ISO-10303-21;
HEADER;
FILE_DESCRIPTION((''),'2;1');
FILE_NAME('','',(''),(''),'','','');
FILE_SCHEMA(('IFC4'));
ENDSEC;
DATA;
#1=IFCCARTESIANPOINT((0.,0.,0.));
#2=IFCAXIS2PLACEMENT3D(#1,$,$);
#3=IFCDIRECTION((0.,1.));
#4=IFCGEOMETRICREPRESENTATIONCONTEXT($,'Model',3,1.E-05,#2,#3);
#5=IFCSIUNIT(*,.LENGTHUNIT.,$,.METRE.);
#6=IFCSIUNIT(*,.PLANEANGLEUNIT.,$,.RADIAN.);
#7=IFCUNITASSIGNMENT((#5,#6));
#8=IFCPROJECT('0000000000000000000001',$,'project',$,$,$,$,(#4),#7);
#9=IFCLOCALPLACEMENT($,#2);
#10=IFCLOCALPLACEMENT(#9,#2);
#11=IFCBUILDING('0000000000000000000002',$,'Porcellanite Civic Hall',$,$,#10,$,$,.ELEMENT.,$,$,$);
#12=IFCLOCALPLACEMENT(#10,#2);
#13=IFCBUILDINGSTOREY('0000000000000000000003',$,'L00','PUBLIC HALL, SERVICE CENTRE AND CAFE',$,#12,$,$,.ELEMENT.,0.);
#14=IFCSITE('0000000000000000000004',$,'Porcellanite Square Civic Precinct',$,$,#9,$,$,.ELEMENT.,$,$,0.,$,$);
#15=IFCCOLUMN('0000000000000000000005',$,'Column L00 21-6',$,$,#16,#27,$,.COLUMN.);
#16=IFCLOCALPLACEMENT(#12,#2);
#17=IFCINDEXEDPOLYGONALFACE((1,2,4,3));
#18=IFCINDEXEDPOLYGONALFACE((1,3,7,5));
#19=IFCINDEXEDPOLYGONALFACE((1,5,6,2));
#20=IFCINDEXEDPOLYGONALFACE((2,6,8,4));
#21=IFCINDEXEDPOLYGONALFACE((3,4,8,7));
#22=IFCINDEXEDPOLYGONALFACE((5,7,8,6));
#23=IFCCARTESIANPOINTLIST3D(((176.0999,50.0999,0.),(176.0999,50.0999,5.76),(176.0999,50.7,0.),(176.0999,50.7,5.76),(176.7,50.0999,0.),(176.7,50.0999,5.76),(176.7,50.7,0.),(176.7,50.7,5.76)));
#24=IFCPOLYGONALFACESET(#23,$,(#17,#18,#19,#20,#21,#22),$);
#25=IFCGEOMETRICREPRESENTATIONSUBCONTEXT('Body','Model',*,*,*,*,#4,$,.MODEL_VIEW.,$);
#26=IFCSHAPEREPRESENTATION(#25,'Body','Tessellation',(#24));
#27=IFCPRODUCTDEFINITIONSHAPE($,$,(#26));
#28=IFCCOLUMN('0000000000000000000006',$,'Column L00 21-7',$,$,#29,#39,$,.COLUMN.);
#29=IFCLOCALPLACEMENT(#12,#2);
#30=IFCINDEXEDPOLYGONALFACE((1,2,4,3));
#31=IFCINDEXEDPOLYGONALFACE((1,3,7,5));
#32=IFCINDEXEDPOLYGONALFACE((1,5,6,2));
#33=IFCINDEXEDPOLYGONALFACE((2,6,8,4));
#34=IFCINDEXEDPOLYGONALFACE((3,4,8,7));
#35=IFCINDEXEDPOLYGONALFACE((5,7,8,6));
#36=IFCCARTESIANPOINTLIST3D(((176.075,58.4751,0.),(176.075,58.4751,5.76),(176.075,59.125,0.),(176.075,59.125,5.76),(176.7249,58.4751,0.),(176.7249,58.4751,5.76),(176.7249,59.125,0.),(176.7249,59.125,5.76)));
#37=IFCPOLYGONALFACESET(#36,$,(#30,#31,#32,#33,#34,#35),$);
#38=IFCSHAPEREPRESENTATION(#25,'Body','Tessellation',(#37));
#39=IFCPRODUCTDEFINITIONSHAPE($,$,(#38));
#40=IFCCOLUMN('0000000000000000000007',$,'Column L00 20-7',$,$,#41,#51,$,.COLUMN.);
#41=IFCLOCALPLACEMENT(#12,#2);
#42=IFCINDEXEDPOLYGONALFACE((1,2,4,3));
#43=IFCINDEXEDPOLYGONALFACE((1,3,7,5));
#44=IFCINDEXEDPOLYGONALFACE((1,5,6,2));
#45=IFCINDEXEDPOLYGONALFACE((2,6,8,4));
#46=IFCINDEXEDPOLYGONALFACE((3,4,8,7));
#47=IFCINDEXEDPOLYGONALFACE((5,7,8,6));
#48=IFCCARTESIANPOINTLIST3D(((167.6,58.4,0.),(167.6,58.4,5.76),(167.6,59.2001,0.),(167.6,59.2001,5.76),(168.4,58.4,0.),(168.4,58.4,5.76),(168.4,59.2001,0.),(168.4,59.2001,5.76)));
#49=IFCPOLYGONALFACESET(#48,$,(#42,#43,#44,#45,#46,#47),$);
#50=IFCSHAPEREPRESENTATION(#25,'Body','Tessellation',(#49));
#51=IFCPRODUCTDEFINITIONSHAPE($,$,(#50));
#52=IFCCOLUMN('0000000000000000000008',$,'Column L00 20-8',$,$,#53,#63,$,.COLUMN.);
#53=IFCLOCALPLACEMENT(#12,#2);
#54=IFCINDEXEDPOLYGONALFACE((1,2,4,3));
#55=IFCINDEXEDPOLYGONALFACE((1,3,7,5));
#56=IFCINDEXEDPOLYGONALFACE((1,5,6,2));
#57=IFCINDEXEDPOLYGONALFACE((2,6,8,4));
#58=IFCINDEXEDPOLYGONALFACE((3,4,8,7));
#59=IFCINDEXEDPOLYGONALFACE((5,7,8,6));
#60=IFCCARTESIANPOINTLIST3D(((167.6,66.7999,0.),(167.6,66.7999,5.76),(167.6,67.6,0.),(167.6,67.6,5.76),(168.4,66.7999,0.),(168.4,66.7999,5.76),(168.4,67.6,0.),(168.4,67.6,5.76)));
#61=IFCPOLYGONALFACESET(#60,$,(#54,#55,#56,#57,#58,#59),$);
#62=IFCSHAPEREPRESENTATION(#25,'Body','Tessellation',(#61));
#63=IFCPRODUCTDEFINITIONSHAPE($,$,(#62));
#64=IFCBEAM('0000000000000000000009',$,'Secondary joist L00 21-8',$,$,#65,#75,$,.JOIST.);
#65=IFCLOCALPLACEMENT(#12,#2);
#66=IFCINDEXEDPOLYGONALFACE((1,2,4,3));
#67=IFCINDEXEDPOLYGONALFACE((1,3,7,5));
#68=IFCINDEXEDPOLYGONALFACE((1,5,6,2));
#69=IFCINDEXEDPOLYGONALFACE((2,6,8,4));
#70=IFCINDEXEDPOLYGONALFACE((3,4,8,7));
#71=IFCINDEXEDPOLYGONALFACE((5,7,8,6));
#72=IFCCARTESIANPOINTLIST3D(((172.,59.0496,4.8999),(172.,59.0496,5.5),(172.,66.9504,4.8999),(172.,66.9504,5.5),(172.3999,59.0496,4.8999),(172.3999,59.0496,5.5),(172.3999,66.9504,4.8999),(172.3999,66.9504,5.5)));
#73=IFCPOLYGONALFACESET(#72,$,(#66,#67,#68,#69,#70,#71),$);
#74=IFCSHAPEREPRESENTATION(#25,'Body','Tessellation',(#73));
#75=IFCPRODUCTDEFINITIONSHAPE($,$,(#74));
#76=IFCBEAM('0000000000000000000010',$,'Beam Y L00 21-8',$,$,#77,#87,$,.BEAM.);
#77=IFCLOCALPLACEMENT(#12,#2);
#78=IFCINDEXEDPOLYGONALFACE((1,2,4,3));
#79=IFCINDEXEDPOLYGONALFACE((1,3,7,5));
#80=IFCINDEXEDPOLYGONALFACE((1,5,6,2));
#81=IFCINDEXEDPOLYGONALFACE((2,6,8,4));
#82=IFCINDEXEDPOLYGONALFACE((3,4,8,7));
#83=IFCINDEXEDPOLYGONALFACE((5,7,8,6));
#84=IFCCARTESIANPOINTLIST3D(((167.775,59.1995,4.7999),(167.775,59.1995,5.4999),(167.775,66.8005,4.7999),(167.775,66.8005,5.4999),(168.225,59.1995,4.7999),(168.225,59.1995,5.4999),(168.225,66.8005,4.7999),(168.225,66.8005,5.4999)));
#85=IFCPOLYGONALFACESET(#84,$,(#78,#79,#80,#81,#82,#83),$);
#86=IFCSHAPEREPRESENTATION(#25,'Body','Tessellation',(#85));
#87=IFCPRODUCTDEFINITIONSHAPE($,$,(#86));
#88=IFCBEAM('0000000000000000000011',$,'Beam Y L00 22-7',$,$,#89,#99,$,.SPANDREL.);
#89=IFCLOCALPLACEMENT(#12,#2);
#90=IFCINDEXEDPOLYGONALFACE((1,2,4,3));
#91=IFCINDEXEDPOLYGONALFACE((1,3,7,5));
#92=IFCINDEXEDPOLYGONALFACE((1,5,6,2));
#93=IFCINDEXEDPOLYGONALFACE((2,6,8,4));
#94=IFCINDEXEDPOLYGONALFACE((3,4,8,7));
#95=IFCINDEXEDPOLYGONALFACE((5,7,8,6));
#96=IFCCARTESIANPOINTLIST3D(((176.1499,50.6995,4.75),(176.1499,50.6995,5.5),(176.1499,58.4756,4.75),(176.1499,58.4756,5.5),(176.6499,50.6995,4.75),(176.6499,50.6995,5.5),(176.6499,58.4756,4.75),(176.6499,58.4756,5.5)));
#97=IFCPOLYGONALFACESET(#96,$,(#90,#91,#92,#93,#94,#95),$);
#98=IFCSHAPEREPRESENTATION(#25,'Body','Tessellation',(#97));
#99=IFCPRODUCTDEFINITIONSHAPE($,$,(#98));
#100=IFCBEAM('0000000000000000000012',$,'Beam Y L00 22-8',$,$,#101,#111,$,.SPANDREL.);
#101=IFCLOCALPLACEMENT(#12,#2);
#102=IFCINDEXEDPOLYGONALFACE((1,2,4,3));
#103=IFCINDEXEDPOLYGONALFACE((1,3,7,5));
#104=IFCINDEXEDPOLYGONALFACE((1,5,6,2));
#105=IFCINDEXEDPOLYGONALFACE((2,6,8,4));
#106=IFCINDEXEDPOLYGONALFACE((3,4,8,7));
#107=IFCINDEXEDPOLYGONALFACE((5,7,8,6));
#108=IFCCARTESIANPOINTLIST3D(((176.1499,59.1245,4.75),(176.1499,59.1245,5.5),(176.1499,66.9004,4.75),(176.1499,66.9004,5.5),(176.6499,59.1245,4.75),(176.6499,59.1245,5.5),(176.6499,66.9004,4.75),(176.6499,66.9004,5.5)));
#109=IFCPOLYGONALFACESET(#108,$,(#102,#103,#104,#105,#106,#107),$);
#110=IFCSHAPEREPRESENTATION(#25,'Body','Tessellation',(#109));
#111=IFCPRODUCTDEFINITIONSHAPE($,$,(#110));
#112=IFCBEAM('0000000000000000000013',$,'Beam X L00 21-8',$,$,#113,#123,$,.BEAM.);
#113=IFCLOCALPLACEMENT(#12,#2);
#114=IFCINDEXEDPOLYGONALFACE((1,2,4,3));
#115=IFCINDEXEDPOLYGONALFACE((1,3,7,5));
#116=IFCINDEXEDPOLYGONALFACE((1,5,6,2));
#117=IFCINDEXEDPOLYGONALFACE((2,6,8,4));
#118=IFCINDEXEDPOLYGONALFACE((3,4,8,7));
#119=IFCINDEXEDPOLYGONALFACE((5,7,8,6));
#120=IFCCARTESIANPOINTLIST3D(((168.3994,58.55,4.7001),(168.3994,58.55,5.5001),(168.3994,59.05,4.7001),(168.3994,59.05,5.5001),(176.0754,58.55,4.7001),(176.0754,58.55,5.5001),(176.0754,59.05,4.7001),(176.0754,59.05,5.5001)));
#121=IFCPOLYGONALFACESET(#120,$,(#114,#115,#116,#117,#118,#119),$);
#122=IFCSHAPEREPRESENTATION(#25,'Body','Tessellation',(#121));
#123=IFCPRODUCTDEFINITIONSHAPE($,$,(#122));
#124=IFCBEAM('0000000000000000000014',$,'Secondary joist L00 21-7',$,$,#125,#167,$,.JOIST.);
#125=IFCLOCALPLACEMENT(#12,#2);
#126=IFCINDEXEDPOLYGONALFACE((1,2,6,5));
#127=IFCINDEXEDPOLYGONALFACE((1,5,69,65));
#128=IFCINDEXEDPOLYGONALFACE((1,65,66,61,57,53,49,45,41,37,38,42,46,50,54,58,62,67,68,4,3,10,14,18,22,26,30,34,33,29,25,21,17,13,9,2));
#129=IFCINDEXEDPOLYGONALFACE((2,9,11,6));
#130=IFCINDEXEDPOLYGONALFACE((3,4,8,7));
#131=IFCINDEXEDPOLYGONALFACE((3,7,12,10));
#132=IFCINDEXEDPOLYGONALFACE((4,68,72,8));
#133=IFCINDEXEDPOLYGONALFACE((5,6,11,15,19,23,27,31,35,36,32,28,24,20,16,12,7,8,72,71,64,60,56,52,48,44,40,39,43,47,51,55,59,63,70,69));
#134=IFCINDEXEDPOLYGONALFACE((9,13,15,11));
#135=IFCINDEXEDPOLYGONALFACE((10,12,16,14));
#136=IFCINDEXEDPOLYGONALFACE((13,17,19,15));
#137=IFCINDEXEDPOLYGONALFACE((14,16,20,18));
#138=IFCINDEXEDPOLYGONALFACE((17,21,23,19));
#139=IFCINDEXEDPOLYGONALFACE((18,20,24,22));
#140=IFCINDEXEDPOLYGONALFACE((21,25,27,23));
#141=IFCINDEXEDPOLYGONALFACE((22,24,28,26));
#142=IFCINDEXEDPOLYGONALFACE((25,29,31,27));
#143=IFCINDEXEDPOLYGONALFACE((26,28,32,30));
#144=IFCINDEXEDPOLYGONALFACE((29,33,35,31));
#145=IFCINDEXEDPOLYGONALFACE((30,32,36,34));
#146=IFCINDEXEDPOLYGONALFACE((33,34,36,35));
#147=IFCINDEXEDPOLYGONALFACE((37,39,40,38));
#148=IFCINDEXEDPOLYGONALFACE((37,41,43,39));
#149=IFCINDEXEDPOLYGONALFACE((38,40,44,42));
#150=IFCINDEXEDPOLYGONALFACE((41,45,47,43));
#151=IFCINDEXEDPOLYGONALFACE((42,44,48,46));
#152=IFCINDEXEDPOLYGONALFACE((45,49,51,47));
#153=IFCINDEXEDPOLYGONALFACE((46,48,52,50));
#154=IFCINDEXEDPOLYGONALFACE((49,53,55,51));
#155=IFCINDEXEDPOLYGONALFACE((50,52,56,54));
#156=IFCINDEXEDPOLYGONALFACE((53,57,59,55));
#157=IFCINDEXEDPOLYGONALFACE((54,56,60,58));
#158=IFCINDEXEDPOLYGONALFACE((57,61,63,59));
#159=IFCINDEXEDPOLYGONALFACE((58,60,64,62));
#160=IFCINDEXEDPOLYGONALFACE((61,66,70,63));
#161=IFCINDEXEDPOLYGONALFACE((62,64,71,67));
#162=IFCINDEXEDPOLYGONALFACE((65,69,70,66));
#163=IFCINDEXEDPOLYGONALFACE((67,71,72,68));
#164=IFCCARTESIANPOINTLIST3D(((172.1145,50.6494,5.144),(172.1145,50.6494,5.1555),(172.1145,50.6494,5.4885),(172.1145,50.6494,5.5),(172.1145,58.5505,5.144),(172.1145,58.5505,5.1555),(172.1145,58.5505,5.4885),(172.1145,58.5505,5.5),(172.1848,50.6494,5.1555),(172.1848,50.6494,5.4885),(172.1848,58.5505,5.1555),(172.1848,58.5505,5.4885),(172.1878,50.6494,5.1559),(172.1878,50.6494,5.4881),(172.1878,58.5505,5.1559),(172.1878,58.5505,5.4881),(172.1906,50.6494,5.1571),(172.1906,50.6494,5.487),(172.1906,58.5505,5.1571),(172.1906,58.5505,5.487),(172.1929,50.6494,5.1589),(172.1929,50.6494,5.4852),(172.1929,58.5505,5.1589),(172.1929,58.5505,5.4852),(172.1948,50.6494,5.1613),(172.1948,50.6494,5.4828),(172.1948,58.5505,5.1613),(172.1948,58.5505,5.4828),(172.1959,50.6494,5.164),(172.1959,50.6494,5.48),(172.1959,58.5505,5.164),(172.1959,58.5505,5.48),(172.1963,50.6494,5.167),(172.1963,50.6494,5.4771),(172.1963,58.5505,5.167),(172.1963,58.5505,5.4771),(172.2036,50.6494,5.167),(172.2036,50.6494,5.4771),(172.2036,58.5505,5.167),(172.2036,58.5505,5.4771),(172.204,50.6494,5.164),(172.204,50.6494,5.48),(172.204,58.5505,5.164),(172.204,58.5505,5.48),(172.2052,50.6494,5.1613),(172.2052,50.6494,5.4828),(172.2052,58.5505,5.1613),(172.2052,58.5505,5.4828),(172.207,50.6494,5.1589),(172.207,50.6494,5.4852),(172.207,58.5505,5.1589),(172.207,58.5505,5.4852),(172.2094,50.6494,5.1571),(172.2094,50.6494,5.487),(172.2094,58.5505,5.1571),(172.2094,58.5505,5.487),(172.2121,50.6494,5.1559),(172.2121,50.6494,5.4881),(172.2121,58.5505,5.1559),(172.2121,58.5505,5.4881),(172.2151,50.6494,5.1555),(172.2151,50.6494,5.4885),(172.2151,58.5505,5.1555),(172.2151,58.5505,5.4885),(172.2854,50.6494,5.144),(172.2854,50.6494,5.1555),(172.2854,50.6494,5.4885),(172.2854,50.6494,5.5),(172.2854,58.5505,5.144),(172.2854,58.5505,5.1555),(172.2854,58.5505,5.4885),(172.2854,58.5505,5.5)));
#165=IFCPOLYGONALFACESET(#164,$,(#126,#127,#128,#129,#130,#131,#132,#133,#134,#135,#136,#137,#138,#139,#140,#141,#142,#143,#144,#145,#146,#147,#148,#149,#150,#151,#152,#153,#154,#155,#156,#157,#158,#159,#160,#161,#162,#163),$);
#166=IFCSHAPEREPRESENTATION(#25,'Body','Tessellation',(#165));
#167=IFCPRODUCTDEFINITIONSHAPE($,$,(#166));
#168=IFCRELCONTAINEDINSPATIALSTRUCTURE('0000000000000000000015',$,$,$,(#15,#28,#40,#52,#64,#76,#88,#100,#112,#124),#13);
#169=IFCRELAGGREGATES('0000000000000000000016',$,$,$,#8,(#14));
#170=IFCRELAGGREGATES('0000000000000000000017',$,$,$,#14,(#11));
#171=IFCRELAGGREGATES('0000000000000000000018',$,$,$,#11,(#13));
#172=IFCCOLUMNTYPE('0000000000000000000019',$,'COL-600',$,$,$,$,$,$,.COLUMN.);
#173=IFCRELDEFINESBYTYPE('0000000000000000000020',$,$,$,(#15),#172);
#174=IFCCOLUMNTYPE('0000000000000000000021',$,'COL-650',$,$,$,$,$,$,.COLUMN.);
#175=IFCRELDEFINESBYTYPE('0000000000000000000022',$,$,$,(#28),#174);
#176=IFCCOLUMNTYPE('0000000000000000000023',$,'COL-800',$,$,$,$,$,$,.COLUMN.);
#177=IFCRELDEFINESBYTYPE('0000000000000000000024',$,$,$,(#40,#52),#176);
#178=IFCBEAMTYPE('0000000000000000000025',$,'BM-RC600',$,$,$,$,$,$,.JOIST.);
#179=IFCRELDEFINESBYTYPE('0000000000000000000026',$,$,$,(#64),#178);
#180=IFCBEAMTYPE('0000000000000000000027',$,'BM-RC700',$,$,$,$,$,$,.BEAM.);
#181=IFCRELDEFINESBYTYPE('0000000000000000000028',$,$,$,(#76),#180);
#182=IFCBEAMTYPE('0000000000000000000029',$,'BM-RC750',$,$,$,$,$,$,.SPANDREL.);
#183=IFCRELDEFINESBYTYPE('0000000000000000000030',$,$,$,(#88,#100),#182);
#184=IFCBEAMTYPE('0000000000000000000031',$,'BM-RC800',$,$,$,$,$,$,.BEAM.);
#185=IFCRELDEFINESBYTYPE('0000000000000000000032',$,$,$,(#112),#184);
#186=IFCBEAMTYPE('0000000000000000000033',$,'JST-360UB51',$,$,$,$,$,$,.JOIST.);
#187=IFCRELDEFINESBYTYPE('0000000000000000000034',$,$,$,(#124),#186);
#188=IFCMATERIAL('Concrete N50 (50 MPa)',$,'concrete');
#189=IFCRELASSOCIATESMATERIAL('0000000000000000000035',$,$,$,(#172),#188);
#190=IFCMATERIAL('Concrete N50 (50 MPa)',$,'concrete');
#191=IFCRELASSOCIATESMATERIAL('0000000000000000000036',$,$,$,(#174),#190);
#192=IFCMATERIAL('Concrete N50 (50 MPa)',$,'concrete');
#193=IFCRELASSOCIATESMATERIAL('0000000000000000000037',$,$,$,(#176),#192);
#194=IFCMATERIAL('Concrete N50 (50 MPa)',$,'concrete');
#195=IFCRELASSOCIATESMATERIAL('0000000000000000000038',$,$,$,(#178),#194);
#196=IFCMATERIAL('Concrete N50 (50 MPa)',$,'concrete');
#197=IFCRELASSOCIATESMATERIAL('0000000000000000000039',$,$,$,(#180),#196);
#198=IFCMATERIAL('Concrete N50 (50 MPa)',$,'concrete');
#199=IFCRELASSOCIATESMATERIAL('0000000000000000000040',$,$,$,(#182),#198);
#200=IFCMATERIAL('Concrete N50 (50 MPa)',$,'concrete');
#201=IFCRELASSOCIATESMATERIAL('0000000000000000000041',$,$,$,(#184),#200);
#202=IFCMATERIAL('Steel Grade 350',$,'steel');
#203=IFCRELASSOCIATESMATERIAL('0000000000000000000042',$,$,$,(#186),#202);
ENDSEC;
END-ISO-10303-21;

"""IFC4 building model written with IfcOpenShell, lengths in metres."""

from ifc_helpers import new_model, si_unit, direction, frame, origin, origin_2d, place, context, subcontext, project, spatial, rectangle, i_section, extrude, material, material_profile, profile_set, type_object, element, save


model = new_model("IFC4")

# Units and contexts
model_context = context("Model", 3, precision=1e-05, world=origin(), true_north=direction((0.0, 1.0)))
body_context = subcontext(model_context, "Body", "Model", "MODEL_VIEW")
ifc_project = project(units=[si_unit("LENGTHUNIT", "METRE"), si_unit("PLANEANGLEUNIT", "RADIAN")], contexts=[model_context])

# Site, building, storey
site_placement = place(None, origin())
site = spatial("IfcSite", under=ifc_project, at=site_placement, Name="Porcellanite Square Civic Precinct", CompositionType="ELEMENT", RefElevation=0.0)
building_placement = place(site_placement, origin())
building = spatial("IfcBuilding", under=site, at=building_placement, Name="Porcellanite Civic Hall", CompositionType="ELEMENT")
storey_placement = place(building_placement, origin())
storey = spatial("IfcBuildingStorey", under=building, at=storey_placement, Name="L00", Description="PUBLIC HALL, SERVICE CENTRE AND CAFE", CompositionType="ELEMENT", Elevation=0.0)

# Columns
ifc_material_1 = material(Name="Concrete N50 (50 MPa)", Category="concrete")
ifc_material_profile_1 = material_profile(ifc_material_1, rectangle(XDim=0.6001, YDim=0.6001, at=origin_2d()), Name="RC-600x600")
ifc_profile_set_1 = profile_set([ifc_material_profile_1], Name="Concrete N50 (50 MPa)")
column_type_1 = type_object("IfcColumnType", Name="COL-600", PredefinedType="COLUMN", material=ifc_profile_set_1)
column_1_placement = place(storey_placement, frame((176.3999, 50.3999, 0.0), z_axis=(0.0, 0.0, 1.0), x_axis=(1.0, 0.0, 0.0)))
element("IfcColumn", 1, at=column_1_placement, inside=storey, type_object=column_type_1, Name="Column L00 21-6", PredefinedType="COLUMN", context=body_context, shape_type="SweptSolid", body=[
    extrude(rectangle(XDim=0.6001, YDim=0.6001, at=origin_2d()), origin(), (0.0, 0.0, 1.0), 5.76),
])
ifc_material_2 = material(Name="Concrete N50 (50 MPa)", Category="concrete")
ifc_material_profile_2 = material_profile(ifc_material_2, rectangle(XDim=0.6499, YDim=0.6499, at=origin_2d()), Name="RC-650x650")
ifc_profile_set_2 = profile_set([ifc_material_profile_2], Name="Concrete N50 (50 MPa)")
column_type_2 = type_object("IfcColumnType", Name="COL-650", PredefinedType="COLUMN", material=ifc_profile_set_2)
column_2_placement = place(storey_placement, frame((176.3999, 58.8, 0.0), z_axis=(0.0, 0.0, 1.0), x_axis=(1.0, 0.0, 0.0)))
element("IfcColumn", 2, at=column_2_placement, inside=storey, type_object=column_type_2, Name="Column L00 21-7", PredefinedType="COLUMN", context=body_context, shape_type="SweptSolid", body=[
    extrude(rectangle(XDim=0.6499, YDim=0.6499, at=origin_2d()), origin(), (0.0, 0.0, 1.0), 5.76),
])
ifc_material_3 = material(Name="Concrete N50 (50 MPa)", Category="concrete")
ifc_material_profile_3 = material_profile(ifc_material_3, rectangle(XDim=0.8, YDim=0.8, at=origin_2d()), Name="RC-800x800")
ifc_profile_set_3 = profile_set([ifc_material_profile_3], Name="Concrete N50 (50 MPa)")
column_type_3 = type_object("IfcColumnType", Name="COL-800", PredefinedType="COLUMN", material=ifc_profile_set_3)
for number, where, z_axis, x_axis, name in (
    (3, (168.0, 58.8, 0.0), (0.0, 0.0, 1.0), (1.0, 0.0, 0.0), "Column L00 20-7"),
    (4, (168.0, 67.2, 0.0), (0.0, 0.0, 1.0), (1.0, 0.0, 0.0), "Column L00 20-8"),
):
    element("IfcColumn", number, at=place(storey_placement, frame(where, z_axis=z_axis, x_axis=x_axis)), inside=storey, type_object=column_type_3, Name=name, PredefinedType="COLUMN", context=body_context, shape_type="SweptSolid", body=[
        extrude(rectangle(XDim=0.8, YDim=0.8, at=origin_2d()), origin(), (0.0, 0.0, 1.0), 5.76),
    ])

# Beams
ifc_material_4 = material(Name="Concrete N50 (50 MPa)", Category="concrete")
ifc_material_profile_4 = material_profile(ifc_material_4, rectangle(XDim=0.3999, YDim=0.6001, at=origin_2d()), Name="RC-400x600")
ifc_profile_set_4 = profile_set([ifc_material_profile_4], Name="Concrete N50 (50 MPa)")
beam_type_1 = type_object("IfcBeamType", Name="BM-RC600", PredefinedType="JOIST", material=ifc_profile_set_4)
beam_1_placement = place(storey_placement, frame((172.2, 59.0496, 5.2), z_axis=(0.0, 1.0, 0.0), x_axis=(-1.0, 0.0, 0.0)))
element("IfcBeam", 5, at=beam_1_placement, inside=storey, type_object=beam_type_1, Name="Secondary joist L00 21-8", PredefinedType="JOIST", context=body_context, shape_type="SweptSolid", body=[
    extrude(rectangle(XDim=0.3999, YDim=0.6001, at=origin_2d()), origin(), (0.0, 0.0, 1.0), 7.9009),
])
ifc_material_5 = material(Name="Concrete N50 (50 MPa)", Category="concrete")
ifc_material_profile_5 = material_profile(ifc_material_5, rectangle(XDim=0.45, YDim=0.7, at=origin_2d()), Name="RC-450x700")
ifc_profile_set_5 = profile_set([ifc_material_profile_5], Name="Concrete N50 (50 MPa)")
beam_type_2 = type_object("IfcBeamType", Name="BM-RC700", PredefinedType="BEAM", material=ifc_profile_set_5)
beam_2_placement = place(storey_placement, frame((168.0, 59.1995, 5.1499), z_axis=(0.0, 1.0, 0.0), x_axis=(-1.0, 0.0, 0.0)))
element("IfcBeam", 6, at=beam_2_placement, inside=storey, type_object=beam_type_2, Name="Beam Y L00 21-8", PredefinedType="BEAM", context=body_context, shape_type="SweptSolid", body=[
    extrude(rectangle(XDim=0.45, YDim=0.7, at=origin_2d()), origin(), (0.0, 0.0, 1.0), 7.6011),
])
ifc_material_6 = material(Name="Concrete N50 (50 MPa)", Category="concrete")
ifc_material_profile_6 = material_profile(ifc_material_6, rectangle(XDim=0.5, YDim=0.75, at=origin_2d()), Name="RC-500x750")
ifc_profile_set_6 = profile_set([ifc_material_profile_6], Name="Concrete N50 (50 MPa)")
beam_type_3 = type_object("IfcBeamType", Name="BM-RC750", PredefinedType="SPANDREL", material=ifc_profile_set_6)
beam_3_placement = place(storey_placement, frame((176.3999, 50.6995, 5.125), z_axis=(0.0, 1.0, 0.0), x_axis=(-1.0, 0.0, 0.0)))
element("IfcBeam", 7, at=beam_3_placement, inside=storey, type_object=beam_type_3, Name="Beam Y L00 22-7", PredefinedType="SPANDREL", context=body_context, shape_type="SweptSolid", body=[
    extrude(rectangle(XDim=0.5, YDim=0.75, at=origin_2d()), origin(), (0.0, 0.0, 1.0), 7.7761),
])
beam_4_placement = place(storey_placement, frame((176.3999, 59.1245, 5.125), z_axis=(0.0, 1.0, 0.0), x_axis=(-1.0, 0.0, 0.0)))
element("IfcBeam", 8, at=beam_4_placement, inside=storey, type_object=beam_type_3, Name="Beam Y L00 22-8", PredefinedType="SPANDREL", context=body_context, shape_type="SweptSolid", body=[
    extrude(rectangle(XDim=0.5, YDim=0.75, at=origin_2d()), origin(), (0.0, 0.0, 1.0), 7.7759),
])
ifc_material_7 = material(Name="Concrete N50 (50 MPa)", Category="concrete")
ifc_material_profile_7 = material_profile(ifc_material_7, rectangle(XDim=0.5, YDim=0.8, at=origin_2d()), Name="RC-500x800")
ifc_profile_set_7 = profile_set([ifc_material_profile_7], Name="Concrete N50 (50 MPa)")
beam_type_4 = type_object("IfcBeamType", Name="BM-RC800", PredefinedType="BEAM", material=ifc_profile_set_7)
beam_5_placement = place(storey_placement, frame((168.3994, 58.8, 5.1001), z_axis=(1.0, 0.0, 0.0), x_axis=(0.0, 1.0, 0.0)))
element("IfcBeam", 9, at=beam_5_placement, inside=storey, type_object=beam_type_4, Name="Beam X L00 21-8", PredefinedType="BEAM", context=body_context, shape_type="SweptSolid", body=[
    extrude(rectangle(XDim=0.5, YDim=0.8, at=origin_2d()), origin(), (0.0, 0.0, 1.0), 7.676),
])
ifc_material_8 = material(Name="Steel Grade 350", Category="steel")
ifc_material_profile_8 = material_profile(ifc_material_8, i_section(OverallWidth=0.1709, OverallDepth=0.356, WebThickness=0.0073, FlangeThickness=0.0115, FilletRadius=0.0115, at=origin_2d()), Name="360UB50.7")
ifc_profile_set_8 = profile_set([ifc_material_profile_8], Name="Steel Grade 350")
beam_type_5 = type_object("IfcBeamType", Name="JST-360UB51", PredefinedType="JOIST", material=ifc_profile_set_8)
beam_6_placement = place(storey_placement, frame((172.2, 50.6494, 5.322), z_axis=(0.0, 1.0, 0.0), x_axis=(-1.0, 0.0, 0.0)))
element("IfcBeam", 10, at=beam_6_placement, inside=storey, type_object=beam_type_5, Name="Secondary joist L00 21-7", PredefinedType="JOIST", context=body_context, shape_type="SweptSolid", body=[
    extrude(i_section(OverallWidth=0.1709, OverallDepth=0.356, WebThickness=0.0073, FlangeThickness=0.0115, FilletRadius=0.0115, at=origin_2d()), origin(), (0.0, 0.0, 1.0), 7.9011),
])

save(model, "model.ifc")
